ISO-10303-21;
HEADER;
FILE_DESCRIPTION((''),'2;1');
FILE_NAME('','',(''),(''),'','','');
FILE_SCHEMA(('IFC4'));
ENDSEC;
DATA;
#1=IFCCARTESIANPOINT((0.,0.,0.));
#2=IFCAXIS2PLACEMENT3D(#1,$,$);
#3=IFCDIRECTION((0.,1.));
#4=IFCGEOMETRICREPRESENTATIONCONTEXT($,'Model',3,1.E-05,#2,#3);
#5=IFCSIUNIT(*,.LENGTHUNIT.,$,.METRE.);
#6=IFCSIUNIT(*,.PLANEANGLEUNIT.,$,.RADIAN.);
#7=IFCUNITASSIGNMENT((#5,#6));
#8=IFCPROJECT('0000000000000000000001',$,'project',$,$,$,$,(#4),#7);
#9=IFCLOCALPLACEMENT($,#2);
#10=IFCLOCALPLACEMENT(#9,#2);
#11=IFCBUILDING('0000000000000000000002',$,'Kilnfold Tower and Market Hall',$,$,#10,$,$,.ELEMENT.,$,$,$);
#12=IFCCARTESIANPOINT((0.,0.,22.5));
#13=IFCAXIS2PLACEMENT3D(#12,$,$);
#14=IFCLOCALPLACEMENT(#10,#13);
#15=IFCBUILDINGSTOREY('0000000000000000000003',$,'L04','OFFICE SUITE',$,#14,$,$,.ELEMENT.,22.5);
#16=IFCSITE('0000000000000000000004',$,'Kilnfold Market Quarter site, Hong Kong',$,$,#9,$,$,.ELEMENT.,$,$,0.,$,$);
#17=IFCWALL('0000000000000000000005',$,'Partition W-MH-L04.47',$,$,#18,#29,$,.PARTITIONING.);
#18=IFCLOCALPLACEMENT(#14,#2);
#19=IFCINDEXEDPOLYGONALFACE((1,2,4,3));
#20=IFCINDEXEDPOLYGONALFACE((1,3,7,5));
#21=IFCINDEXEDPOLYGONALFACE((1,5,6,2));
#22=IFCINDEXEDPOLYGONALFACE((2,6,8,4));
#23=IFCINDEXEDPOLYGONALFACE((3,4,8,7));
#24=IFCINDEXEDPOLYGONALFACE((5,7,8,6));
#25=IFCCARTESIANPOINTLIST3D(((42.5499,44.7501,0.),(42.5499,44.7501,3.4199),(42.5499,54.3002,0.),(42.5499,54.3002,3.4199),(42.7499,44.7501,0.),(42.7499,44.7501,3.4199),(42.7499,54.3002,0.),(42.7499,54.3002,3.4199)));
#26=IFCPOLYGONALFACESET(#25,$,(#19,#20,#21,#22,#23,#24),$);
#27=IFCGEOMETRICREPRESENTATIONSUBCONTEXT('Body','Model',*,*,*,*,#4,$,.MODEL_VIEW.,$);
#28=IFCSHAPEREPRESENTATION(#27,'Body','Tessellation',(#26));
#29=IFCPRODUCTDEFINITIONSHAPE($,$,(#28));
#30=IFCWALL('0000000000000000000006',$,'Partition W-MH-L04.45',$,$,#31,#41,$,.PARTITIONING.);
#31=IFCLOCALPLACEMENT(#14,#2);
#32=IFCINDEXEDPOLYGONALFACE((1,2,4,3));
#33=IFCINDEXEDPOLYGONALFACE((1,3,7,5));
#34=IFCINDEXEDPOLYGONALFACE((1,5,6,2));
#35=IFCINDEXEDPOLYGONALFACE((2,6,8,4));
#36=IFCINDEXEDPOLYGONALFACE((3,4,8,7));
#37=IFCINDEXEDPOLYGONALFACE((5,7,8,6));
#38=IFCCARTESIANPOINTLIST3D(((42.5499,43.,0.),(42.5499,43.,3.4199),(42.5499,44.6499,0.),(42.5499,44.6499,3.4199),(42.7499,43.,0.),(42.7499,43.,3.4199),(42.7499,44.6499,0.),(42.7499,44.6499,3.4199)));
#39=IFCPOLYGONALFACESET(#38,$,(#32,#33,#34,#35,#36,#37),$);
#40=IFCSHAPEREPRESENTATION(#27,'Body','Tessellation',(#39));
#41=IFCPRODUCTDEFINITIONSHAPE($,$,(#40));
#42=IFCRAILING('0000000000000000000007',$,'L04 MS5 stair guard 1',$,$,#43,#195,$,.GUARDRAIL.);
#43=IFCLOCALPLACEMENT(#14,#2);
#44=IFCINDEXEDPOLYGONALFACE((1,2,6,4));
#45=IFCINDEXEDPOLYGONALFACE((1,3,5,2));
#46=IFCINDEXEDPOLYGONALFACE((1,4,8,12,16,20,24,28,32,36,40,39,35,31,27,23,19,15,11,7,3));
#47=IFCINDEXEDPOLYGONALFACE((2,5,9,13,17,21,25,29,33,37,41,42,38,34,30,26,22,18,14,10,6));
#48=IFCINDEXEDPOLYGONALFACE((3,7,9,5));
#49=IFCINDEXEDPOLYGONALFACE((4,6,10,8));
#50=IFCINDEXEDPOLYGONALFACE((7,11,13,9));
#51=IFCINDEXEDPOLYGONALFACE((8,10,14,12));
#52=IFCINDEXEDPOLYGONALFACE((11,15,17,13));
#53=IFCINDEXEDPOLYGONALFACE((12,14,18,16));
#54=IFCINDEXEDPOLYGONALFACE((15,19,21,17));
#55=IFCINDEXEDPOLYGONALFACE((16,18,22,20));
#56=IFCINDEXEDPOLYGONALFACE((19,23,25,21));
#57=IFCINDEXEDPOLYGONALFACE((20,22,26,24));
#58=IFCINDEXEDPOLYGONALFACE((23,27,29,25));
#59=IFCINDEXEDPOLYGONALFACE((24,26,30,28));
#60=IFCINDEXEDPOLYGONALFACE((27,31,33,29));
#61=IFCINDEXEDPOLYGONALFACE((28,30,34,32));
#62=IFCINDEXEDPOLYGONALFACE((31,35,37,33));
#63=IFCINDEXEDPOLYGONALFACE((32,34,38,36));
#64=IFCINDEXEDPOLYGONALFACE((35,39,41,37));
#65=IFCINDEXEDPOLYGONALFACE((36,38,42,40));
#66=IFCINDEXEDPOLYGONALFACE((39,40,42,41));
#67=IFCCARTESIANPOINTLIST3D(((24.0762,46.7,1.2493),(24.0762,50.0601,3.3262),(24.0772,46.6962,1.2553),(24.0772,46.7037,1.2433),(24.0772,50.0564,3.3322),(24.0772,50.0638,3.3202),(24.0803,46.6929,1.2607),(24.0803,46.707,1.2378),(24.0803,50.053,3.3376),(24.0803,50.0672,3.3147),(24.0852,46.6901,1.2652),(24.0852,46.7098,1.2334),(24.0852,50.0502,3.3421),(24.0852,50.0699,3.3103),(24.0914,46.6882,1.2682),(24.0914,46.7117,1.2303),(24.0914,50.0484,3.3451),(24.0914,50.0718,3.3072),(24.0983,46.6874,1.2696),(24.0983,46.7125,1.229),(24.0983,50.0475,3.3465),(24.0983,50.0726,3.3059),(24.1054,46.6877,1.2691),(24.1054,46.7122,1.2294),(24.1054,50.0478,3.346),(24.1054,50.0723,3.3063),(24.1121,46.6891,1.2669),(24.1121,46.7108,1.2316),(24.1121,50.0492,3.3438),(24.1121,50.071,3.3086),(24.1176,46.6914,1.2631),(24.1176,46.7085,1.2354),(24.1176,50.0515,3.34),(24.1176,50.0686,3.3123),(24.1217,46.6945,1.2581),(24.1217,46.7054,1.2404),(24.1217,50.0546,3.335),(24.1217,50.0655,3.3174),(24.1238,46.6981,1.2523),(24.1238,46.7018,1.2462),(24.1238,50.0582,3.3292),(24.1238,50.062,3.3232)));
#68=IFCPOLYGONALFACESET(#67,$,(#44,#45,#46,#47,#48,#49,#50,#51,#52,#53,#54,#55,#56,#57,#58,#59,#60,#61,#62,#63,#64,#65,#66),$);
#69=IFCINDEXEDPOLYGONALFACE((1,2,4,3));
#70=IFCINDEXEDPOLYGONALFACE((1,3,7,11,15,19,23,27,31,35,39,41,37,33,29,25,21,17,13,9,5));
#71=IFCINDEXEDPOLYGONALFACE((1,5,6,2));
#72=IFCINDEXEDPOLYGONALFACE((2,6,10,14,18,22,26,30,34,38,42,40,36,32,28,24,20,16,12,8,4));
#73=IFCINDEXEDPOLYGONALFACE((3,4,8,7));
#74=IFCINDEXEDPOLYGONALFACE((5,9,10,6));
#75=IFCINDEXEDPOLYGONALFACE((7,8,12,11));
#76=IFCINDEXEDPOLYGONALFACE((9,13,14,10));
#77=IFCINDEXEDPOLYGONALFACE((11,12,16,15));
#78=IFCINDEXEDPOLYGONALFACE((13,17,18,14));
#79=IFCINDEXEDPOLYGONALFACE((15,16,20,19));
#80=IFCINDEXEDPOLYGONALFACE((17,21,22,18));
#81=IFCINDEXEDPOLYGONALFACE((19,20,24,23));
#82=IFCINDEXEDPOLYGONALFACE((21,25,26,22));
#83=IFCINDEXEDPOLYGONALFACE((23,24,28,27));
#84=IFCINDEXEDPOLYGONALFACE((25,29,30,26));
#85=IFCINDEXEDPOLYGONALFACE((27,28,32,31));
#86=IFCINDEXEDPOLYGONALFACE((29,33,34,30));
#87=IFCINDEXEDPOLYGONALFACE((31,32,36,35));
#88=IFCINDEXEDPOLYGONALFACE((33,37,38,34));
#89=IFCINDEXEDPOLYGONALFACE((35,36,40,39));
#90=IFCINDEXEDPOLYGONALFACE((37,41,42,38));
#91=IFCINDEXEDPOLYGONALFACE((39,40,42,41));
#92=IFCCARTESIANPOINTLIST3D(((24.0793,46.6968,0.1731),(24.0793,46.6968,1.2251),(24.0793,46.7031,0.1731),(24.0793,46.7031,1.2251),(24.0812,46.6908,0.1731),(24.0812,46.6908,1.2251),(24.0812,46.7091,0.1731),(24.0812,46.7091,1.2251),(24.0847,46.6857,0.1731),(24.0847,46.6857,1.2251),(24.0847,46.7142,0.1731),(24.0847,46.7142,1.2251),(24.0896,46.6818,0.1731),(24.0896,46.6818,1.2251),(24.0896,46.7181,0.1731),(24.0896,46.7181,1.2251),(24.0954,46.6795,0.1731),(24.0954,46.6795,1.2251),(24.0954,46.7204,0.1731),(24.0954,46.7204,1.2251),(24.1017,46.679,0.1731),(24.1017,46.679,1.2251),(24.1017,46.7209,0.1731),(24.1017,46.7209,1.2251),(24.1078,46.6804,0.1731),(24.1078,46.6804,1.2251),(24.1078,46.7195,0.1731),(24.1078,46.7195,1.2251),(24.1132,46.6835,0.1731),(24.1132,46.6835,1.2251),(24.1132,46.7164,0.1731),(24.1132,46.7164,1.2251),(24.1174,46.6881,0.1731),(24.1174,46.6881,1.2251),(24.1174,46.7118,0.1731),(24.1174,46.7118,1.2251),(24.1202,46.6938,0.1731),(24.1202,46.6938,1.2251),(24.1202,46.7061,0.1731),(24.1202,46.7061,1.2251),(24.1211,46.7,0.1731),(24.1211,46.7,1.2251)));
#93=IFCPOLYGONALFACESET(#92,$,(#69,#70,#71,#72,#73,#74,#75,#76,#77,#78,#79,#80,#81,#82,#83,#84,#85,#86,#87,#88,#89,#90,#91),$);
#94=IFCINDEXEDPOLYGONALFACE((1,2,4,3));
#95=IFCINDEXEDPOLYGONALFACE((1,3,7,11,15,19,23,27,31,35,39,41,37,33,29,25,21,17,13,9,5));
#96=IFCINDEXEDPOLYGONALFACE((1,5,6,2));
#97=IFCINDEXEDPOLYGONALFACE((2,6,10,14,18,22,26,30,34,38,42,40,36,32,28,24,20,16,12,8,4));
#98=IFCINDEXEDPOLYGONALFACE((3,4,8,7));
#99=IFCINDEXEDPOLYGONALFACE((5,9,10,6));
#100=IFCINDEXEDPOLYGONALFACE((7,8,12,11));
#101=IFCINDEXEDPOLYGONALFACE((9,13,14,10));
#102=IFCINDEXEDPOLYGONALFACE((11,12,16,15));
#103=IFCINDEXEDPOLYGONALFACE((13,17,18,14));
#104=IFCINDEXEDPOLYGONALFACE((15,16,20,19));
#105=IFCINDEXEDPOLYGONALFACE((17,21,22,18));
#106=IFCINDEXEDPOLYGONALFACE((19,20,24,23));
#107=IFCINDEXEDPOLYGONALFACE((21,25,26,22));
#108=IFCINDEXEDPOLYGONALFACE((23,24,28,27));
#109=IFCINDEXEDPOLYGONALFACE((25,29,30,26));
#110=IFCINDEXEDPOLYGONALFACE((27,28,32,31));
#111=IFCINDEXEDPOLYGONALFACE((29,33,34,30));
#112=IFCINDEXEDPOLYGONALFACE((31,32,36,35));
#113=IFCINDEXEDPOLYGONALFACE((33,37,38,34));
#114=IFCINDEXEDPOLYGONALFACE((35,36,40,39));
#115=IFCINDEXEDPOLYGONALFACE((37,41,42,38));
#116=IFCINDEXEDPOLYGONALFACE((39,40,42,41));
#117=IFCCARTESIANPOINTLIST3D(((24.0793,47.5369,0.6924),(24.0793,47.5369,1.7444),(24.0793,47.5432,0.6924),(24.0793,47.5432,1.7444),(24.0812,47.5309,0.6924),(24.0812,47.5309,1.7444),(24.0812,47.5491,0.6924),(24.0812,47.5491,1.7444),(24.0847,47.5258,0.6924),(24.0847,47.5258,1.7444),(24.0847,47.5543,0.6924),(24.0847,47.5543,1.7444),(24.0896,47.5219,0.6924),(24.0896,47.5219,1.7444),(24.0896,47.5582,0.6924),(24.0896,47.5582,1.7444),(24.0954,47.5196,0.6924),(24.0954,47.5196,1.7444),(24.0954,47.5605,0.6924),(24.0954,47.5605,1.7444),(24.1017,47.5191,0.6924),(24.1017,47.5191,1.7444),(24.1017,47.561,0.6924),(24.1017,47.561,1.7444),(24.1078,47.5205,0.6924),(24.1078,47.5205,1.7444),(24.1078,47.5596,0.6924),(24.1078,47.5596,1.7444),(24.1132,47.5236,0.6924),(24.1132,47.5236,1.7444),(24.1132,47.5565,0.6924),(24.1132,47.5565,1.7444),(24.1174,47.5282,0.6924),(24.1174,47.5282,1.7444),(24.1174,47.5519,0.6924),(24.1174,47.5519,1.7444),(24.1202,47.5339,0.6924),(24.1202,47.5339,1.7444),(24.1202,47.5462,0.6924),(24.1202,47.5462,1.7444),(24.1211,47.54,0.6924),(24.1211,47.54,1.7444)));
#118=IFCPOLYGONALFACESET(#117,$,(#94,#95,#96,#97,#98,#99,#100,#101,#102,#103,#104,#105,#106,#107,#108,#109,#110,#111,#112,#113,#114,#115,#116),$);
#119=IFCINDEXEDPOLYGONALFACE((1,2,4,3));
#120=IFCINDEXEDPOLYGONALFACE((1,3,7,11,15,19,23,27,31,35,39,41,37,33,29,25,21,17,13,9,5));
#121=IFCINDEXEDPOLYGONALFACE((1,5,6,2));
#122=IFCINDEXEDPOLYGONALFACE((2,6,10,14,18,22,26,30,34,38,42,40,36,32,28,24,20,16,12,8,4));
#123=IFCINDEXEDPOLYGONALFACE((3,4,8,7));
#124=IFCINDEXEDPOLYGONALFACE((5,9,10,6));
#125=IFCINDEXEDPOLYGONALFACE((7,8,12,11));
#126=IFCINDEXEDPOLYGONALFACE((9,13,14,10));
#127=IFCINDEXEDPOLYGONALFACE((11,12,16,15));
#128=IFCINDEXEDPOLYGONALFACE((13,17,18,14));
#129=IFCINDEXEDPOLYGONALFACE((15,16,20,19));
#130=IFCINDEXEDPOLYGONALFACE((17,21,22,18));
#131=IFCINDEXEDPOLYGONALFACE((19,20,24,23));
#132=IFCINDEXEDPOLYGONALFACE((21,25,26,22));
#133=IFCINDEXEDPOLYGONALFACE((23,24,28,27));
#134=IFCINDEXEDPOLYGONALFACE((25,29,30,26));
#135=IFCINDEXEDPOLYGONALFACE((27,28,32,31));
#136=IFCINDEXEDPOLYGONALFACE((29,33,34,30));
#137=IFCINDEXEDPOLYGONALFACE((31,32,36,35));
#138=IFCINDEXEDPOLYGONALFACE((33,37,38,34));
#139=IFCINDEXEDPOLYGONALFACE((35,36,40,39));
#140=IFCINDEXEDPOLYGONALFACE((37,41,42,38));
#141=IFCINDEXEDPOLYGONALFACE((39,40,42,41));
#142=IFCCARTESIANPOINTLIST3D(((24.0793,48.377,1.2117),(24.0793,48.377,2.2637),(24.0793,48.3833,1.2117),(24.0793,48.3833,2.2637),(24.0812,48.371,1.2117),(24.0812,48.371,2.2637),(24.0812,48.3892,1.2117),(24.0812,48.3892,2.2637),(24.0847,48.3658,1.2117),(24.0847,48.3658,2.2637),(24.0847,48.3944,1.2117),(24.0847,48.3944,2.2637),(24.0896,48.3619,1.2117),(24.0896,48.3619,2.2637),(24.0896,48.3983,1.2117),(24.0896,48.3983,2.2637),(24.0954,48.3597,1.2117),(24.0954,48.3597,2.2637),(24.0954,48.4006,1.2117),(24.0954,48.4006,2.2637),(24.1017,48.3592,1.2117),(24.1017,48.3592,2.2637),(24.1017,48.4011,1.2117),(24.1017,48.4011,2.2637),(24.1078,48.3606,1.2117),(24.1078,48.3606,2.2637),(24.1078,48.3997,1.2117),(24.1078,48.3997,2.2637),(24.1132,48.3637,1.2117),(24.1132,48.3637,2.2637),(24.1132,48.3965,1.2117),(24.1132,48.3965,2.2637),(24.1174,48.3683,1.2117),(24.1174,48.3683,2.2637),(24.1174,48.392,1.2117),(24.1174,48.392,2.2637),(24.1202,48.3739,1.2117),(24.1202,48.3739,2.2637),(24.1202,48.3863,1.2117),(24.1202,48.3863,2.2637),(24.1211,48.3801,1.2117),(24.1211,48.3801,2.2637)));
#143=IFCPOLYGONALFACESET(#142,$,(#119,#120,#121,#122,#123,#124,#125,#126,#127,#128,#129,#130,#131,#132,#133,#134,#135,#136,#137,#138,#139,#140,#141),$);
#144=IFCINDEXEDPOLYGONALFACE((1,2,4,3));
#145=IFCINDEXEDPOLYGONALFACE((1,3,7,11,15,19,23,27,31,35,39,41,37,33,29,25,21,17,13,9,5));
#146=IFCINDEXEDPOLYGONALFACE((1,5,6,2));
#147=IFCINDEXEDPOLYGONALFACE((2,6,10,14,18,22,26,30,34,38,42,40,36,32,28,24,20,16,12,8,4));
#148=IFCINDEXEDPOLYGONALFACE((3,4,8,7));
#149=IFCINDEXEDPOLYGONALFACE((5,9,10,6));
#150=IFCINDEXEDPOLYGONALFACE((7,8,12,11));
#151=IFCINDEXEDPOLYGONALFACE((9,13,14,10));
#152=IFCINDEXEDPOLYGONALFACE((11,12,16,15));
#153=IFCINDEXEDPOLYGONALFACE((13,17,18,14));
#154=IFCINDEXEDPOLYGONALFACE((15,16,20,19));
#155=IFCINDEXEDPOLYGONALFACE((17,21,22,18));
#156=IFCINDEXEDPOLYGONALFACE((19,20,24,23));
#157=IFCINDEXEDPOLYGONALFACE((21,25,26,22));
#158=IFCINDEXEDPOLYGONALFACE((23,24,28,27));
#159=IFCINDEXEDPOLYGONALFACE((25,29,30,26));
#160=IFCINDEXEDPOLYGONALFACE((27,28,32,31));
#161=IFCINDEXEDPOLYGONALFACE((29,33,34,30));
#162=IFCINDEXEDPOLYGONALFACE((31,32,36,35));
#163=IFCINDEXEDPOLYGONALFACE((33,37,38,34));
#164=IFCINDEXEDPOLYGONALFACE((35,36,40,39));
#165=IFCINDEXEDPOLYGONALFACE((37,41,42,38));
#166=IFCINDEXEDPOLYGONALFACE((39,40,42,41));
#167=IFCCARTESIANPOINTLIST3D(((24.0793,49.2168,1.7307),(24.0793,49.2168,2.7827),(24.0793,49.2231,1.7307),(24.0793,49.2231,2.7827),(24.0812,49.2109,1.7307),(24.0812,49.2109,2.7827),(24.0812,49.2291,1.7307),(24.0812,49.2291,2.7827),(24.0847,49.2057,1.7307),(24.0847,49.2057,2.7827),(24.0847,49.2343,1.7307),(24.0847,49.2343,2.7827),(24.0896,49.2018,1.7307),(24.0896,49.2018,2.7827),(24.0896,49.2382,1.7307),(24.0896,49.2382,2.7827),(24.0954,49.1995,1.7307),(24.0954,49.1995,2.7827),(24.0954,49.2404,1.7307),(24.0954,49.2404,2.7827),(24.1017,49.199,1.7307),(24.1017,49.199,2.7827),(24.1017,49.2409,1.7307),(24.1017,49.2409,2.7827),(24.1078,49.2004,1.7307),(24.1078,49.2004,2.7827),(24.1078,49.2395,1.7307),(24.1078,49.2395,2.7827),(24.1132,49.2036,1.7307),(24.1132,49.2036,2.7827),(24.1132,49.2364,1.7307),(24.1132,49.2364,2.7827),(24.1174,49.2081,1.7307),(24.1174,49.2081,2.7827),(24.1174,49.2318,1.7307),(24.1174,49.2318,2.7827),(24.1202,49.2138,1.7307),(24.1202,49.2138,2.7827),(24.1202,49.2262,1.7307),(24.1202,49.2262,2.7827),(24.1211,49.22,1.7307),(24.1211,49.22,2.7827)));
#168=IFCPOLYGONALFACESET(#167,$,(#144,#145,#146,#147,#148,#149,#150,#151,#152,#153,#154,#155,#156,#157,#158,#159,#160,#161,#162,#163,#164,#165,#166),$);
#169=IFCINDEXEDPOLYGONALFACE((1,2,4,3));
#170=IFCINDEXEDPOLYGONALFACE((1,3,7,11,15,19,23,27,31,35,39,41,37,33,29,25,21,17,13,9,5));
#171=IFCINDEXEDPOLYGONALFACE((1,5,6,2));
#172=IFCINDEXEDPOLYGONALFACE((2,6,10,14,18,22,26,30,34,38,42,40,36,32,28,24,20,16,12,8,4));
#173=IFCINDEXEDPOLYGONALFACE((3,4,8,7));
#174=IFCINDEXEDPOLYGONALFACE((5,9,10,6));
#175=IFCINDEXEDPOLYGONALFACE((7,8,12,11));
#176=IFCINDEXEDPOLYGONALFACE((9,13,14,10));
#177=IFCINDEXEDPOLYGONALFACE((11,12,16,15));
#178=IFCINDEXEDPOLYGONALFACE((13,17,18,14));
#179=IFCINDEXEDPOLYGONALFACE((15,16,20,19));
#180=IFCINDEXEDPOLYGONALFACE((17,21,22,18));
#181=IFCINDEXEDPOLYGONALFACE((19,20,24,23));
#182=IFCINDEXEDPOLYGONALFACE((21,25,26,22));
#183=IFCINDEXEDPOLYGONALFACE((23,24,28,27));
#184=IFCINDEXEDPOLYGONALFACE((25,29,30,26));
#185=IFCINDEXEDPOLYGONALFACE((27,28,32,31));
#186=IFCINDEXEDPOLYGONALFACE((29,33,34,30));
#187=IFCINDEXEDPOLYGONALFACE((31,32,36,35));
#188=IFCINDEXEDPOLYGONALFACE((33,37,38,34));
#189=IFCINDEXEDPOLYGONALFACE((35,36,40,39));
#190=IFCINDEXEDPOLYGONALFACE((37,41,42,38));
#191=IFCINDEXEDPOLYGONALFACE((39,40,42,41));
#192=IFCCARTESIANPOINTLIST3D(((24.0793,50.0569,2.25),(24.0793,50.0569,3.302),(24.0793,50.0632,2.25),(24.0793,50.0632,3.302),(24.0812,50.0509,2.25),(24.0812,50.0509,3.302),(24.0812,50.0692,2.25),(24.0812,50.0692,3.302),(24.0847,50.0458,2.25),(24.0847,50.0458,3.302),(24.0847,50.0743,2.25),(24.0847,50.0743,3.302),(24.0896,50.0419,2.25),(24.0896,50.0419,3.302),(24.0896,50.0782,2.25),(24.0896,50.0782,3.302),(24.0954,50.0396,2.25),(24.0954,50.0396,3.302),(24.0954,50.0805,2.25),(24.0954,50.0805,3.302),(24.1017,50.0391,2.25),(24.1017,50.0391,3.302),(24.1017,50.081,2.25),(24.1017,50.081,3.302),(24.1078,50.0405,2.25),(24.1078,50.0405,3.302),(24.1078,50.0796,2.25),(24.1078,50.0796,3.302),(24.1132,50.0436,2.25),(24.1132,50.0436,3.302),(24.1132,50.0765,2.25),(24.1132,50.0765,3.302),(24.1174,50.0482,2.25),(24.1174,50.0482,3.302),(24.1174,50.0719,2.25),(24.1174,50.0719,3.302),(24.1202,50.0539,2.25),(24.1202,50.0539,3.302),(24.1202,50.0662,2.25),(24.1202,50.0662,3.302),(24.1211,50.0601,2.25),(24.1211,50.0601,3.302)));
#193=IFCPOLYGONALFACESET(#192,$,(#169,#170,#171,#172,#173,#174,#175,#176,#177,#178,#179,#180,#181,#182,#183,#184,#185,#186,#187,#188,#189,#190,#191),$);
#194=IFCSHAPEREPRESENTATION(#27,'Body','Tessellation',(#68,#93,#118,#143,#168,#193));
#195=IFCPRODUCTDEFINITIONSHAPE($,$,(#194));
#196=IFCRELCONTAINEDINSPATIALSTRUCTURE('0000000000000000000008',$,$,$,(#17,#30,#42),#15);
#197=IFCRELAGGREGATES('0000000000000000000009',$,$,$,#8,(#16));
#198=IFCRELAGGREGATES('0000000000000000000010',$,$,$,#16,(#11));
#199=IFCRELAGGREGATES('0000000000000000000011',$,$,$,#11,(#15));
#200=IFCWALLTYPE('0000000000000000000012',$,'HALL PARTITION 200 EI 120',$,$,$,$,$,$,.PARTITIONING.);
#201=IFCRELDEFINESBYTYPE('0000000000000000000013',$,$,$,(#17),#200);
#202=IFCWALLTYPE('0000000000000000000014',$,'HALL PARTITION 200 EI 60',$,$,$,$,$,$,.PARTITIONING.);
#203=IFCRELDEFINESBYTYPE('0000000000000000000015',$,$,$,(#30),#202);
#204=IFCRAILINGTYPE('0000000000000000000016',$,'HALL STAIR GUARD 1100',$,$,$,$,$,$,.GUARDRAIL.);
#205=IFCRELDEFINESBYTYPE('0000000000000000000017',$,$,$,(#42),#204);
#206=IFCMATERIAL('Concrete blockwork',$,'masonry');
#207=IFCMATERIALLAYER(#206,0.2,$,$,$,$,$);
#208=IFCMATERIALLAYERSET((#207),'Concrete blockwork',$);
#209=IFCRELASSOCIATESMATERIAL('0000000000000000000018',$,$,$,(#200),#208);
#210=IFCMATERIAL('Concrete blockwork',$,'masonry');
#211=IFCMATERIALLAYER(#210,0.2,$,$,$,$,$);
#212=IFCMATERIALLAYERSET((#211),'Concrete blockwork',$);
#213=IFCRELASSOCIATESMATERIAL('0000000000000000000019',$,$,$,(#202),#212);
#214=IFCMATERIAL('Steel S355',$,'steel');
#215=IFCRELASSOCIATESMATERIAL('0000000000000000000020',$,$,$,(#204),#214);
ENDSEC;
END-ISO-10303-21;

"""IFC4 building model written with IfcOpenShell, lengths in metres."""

from ifc_helpers import new_model, si_unit, direction, frame, frame_2d, origin, origin_2d, place, context, subcontext, project, spatial, rectangle, circle, extrude, source, transform, mapped, material, layer, layer_set, type_object, element, save


model = new_model("IFC4")

# Units and contexts
model_context = context("Model", 3, precision=1e-05, world=origin(), true_north=direction((0.0, 1.0)))
body_context = subcontext(model_context, "Body", "Model", "MODEL_VIEW")
ifc_project = project(units=[si_unit("LENGTHUNIT", "METRE"), si_unit("PLANEANGLEUNIT", "RADIAN")], contexts=[model_context])

# Site, building, storey
site_placement = place(None, origin())
site = spatial("IfcSite", under=ifc_project, at=site_placement, Name="Kilnfold Market Quarter site, Hong Kong", CompositionType="ELEMENT", RefElevation=0.0)
building_placement = place(site_placement, origin())
building = spatial("IfcBuilding", under=site, at=building_placement, Name="Kilnfold Tower and Market Hall", CompositionType="ELEMENT")
storey_placement = place(building_placement, frame((0.0, 0.0, 22.5)))
storey = spatial("IfcBuildingStorey", under=building, at=storey_placement, Name="L04", Description="OFFICE SUITE", CompositionType="ELEMENT", Elevation=22.5)

# Walls
ifc_material_1 = material(Name="Concrete blockwork", Category="masonry")
ifc_layer_1 = layer(ifc_material_1, 0.2)
ifc_layer_set_1 = layer_set([ifc_layer_1], Name="Concrete blockwork")
wall_type_1 = type_object("IfcWallType", Name="HALL PARTITION 200 EI 120", PredefinedType="PARTITIONING", material=ifc_layer_set_1)
shared_shape_1 = source(origin(), body_context, "Body", "SweptSolid", [
    extrude(rectangle(XDim=9.55, YDim=0.2, at=frame_2d((4.7749, 0.0))), origin(), (0.0, 0.0, 1.0), 3.4199),
])
wall_1_placement = place(storey_placement, frame((42.6499, 54.3, 0.0), z_axis=(0.0, 0.0, 1.0), x_axis=(0.0, -1.0, 0.0)))
element("IfcWall", 1, at=wall_1_placement, inside=storey, type_object=wall_type_1, Name="Partition W-MH-L04.47", PredefinedType="PARTITIONING", context=body_context, shape_type="MappedRepresentation", body=[
    mapped(shared_shape_1, transform((0.0, 0.0, 0.0))),
])
ifc_material_2 = material(Name="Concrete blockwork", Category="masonry")
ifc_layer_2 = layer(ifc_material_2, 0.2)
ifc_layer_set_2 = layer_set([ifc_layer_2], Name="Concrete blockwork")
wall_type_2 = type_object("IfcWallType", Name="HALL PARTITION 200 EI 60", PredefinedType="PARTITIONING", material=ifc_layer_set_2)
shared_shape_2 = source(origin(), body_context, "Body", "SweptSolid", [
    extrude(rectangle(XDim=1.6499, YDim=0.2, at=frame_2d((0.825, 0.0))), origin(), (0.0, 0.0, 1.0), 3.4199),
])
wall_2_placement = place(storey_placement, frame((42.6499, 43.0, 0.0), z_axis=(0.0, 0.0, 1.0), x_axis=(0.0, 1.0, 0.0)))
element("IfcWall", 2, at=wall_2_placement, inside=storey, type_object=wall_type_2, Name="Partition W-MH-L04.45", PredefinedType="PARTITIONING", context=body_context, shape_type="MappedRepresentation", body=[
    mapped(shared_shape_2, transform((0.0, 0.0, 0.0))),
])

# Railing
ifc_material_3 = material(Name="Steel S355", Category="steel")
railing_type_1 = type_object("IfcRailingType", Name="HALL STAIR GUARD 1100", PredefinedType="GUARDRAIL", material=ifc_material_3)
railing_1_placement = place(storey_placement, frame((24.1001, 46.7, 0.1731)))
element("IfcRailing", 3, at=railing_1_placement, inside=storey, type_object=railing_type_1, Name="L04 MS5 stair guard 1", PredefinedType="GUARDRAIL", context=body_context, shape_type="SweptSolid", body=[
    extrude(circle(Radius=0.0239, at=origin_2d()), frame((0.0, 0.0, 1.0762), z_axis=(0.0, 0.850623, 0.525776), x_axis=(-1.0, 0.0, 0.0)), (0.0, 0.0, 1.0), 3.9502),
    extrude(circle(Radius=0.021, at=origin_2d()), origin(), (0.0, 0.0, 1.0), 1.052),
    extrude(circle(Radius=0.021, at=origin_2d()), frame((0.0, 0.8401, 0.5193)), (0.0, 0.0, 1.0), 1.052),
    extrude(circle(Radius=0.021, at=origin_2d()), frame((0.0, 1.6802, 1.0386)), (0.0, 0.0, 1.0), 1.052),
    extrude(circle(Radius=0.021, at=origin_2d()), frame((0.0, 2.52, 1.5576)), (0.0, 0.0, 1.0), 1.052),
    extrude(circle(Radius=0.021, at=origin_2d()), frame((0.0, 3.3601, 2.0769)), (0.0, 0.0, 1.0), 1.052),
])

save(model, "model.ifc")
